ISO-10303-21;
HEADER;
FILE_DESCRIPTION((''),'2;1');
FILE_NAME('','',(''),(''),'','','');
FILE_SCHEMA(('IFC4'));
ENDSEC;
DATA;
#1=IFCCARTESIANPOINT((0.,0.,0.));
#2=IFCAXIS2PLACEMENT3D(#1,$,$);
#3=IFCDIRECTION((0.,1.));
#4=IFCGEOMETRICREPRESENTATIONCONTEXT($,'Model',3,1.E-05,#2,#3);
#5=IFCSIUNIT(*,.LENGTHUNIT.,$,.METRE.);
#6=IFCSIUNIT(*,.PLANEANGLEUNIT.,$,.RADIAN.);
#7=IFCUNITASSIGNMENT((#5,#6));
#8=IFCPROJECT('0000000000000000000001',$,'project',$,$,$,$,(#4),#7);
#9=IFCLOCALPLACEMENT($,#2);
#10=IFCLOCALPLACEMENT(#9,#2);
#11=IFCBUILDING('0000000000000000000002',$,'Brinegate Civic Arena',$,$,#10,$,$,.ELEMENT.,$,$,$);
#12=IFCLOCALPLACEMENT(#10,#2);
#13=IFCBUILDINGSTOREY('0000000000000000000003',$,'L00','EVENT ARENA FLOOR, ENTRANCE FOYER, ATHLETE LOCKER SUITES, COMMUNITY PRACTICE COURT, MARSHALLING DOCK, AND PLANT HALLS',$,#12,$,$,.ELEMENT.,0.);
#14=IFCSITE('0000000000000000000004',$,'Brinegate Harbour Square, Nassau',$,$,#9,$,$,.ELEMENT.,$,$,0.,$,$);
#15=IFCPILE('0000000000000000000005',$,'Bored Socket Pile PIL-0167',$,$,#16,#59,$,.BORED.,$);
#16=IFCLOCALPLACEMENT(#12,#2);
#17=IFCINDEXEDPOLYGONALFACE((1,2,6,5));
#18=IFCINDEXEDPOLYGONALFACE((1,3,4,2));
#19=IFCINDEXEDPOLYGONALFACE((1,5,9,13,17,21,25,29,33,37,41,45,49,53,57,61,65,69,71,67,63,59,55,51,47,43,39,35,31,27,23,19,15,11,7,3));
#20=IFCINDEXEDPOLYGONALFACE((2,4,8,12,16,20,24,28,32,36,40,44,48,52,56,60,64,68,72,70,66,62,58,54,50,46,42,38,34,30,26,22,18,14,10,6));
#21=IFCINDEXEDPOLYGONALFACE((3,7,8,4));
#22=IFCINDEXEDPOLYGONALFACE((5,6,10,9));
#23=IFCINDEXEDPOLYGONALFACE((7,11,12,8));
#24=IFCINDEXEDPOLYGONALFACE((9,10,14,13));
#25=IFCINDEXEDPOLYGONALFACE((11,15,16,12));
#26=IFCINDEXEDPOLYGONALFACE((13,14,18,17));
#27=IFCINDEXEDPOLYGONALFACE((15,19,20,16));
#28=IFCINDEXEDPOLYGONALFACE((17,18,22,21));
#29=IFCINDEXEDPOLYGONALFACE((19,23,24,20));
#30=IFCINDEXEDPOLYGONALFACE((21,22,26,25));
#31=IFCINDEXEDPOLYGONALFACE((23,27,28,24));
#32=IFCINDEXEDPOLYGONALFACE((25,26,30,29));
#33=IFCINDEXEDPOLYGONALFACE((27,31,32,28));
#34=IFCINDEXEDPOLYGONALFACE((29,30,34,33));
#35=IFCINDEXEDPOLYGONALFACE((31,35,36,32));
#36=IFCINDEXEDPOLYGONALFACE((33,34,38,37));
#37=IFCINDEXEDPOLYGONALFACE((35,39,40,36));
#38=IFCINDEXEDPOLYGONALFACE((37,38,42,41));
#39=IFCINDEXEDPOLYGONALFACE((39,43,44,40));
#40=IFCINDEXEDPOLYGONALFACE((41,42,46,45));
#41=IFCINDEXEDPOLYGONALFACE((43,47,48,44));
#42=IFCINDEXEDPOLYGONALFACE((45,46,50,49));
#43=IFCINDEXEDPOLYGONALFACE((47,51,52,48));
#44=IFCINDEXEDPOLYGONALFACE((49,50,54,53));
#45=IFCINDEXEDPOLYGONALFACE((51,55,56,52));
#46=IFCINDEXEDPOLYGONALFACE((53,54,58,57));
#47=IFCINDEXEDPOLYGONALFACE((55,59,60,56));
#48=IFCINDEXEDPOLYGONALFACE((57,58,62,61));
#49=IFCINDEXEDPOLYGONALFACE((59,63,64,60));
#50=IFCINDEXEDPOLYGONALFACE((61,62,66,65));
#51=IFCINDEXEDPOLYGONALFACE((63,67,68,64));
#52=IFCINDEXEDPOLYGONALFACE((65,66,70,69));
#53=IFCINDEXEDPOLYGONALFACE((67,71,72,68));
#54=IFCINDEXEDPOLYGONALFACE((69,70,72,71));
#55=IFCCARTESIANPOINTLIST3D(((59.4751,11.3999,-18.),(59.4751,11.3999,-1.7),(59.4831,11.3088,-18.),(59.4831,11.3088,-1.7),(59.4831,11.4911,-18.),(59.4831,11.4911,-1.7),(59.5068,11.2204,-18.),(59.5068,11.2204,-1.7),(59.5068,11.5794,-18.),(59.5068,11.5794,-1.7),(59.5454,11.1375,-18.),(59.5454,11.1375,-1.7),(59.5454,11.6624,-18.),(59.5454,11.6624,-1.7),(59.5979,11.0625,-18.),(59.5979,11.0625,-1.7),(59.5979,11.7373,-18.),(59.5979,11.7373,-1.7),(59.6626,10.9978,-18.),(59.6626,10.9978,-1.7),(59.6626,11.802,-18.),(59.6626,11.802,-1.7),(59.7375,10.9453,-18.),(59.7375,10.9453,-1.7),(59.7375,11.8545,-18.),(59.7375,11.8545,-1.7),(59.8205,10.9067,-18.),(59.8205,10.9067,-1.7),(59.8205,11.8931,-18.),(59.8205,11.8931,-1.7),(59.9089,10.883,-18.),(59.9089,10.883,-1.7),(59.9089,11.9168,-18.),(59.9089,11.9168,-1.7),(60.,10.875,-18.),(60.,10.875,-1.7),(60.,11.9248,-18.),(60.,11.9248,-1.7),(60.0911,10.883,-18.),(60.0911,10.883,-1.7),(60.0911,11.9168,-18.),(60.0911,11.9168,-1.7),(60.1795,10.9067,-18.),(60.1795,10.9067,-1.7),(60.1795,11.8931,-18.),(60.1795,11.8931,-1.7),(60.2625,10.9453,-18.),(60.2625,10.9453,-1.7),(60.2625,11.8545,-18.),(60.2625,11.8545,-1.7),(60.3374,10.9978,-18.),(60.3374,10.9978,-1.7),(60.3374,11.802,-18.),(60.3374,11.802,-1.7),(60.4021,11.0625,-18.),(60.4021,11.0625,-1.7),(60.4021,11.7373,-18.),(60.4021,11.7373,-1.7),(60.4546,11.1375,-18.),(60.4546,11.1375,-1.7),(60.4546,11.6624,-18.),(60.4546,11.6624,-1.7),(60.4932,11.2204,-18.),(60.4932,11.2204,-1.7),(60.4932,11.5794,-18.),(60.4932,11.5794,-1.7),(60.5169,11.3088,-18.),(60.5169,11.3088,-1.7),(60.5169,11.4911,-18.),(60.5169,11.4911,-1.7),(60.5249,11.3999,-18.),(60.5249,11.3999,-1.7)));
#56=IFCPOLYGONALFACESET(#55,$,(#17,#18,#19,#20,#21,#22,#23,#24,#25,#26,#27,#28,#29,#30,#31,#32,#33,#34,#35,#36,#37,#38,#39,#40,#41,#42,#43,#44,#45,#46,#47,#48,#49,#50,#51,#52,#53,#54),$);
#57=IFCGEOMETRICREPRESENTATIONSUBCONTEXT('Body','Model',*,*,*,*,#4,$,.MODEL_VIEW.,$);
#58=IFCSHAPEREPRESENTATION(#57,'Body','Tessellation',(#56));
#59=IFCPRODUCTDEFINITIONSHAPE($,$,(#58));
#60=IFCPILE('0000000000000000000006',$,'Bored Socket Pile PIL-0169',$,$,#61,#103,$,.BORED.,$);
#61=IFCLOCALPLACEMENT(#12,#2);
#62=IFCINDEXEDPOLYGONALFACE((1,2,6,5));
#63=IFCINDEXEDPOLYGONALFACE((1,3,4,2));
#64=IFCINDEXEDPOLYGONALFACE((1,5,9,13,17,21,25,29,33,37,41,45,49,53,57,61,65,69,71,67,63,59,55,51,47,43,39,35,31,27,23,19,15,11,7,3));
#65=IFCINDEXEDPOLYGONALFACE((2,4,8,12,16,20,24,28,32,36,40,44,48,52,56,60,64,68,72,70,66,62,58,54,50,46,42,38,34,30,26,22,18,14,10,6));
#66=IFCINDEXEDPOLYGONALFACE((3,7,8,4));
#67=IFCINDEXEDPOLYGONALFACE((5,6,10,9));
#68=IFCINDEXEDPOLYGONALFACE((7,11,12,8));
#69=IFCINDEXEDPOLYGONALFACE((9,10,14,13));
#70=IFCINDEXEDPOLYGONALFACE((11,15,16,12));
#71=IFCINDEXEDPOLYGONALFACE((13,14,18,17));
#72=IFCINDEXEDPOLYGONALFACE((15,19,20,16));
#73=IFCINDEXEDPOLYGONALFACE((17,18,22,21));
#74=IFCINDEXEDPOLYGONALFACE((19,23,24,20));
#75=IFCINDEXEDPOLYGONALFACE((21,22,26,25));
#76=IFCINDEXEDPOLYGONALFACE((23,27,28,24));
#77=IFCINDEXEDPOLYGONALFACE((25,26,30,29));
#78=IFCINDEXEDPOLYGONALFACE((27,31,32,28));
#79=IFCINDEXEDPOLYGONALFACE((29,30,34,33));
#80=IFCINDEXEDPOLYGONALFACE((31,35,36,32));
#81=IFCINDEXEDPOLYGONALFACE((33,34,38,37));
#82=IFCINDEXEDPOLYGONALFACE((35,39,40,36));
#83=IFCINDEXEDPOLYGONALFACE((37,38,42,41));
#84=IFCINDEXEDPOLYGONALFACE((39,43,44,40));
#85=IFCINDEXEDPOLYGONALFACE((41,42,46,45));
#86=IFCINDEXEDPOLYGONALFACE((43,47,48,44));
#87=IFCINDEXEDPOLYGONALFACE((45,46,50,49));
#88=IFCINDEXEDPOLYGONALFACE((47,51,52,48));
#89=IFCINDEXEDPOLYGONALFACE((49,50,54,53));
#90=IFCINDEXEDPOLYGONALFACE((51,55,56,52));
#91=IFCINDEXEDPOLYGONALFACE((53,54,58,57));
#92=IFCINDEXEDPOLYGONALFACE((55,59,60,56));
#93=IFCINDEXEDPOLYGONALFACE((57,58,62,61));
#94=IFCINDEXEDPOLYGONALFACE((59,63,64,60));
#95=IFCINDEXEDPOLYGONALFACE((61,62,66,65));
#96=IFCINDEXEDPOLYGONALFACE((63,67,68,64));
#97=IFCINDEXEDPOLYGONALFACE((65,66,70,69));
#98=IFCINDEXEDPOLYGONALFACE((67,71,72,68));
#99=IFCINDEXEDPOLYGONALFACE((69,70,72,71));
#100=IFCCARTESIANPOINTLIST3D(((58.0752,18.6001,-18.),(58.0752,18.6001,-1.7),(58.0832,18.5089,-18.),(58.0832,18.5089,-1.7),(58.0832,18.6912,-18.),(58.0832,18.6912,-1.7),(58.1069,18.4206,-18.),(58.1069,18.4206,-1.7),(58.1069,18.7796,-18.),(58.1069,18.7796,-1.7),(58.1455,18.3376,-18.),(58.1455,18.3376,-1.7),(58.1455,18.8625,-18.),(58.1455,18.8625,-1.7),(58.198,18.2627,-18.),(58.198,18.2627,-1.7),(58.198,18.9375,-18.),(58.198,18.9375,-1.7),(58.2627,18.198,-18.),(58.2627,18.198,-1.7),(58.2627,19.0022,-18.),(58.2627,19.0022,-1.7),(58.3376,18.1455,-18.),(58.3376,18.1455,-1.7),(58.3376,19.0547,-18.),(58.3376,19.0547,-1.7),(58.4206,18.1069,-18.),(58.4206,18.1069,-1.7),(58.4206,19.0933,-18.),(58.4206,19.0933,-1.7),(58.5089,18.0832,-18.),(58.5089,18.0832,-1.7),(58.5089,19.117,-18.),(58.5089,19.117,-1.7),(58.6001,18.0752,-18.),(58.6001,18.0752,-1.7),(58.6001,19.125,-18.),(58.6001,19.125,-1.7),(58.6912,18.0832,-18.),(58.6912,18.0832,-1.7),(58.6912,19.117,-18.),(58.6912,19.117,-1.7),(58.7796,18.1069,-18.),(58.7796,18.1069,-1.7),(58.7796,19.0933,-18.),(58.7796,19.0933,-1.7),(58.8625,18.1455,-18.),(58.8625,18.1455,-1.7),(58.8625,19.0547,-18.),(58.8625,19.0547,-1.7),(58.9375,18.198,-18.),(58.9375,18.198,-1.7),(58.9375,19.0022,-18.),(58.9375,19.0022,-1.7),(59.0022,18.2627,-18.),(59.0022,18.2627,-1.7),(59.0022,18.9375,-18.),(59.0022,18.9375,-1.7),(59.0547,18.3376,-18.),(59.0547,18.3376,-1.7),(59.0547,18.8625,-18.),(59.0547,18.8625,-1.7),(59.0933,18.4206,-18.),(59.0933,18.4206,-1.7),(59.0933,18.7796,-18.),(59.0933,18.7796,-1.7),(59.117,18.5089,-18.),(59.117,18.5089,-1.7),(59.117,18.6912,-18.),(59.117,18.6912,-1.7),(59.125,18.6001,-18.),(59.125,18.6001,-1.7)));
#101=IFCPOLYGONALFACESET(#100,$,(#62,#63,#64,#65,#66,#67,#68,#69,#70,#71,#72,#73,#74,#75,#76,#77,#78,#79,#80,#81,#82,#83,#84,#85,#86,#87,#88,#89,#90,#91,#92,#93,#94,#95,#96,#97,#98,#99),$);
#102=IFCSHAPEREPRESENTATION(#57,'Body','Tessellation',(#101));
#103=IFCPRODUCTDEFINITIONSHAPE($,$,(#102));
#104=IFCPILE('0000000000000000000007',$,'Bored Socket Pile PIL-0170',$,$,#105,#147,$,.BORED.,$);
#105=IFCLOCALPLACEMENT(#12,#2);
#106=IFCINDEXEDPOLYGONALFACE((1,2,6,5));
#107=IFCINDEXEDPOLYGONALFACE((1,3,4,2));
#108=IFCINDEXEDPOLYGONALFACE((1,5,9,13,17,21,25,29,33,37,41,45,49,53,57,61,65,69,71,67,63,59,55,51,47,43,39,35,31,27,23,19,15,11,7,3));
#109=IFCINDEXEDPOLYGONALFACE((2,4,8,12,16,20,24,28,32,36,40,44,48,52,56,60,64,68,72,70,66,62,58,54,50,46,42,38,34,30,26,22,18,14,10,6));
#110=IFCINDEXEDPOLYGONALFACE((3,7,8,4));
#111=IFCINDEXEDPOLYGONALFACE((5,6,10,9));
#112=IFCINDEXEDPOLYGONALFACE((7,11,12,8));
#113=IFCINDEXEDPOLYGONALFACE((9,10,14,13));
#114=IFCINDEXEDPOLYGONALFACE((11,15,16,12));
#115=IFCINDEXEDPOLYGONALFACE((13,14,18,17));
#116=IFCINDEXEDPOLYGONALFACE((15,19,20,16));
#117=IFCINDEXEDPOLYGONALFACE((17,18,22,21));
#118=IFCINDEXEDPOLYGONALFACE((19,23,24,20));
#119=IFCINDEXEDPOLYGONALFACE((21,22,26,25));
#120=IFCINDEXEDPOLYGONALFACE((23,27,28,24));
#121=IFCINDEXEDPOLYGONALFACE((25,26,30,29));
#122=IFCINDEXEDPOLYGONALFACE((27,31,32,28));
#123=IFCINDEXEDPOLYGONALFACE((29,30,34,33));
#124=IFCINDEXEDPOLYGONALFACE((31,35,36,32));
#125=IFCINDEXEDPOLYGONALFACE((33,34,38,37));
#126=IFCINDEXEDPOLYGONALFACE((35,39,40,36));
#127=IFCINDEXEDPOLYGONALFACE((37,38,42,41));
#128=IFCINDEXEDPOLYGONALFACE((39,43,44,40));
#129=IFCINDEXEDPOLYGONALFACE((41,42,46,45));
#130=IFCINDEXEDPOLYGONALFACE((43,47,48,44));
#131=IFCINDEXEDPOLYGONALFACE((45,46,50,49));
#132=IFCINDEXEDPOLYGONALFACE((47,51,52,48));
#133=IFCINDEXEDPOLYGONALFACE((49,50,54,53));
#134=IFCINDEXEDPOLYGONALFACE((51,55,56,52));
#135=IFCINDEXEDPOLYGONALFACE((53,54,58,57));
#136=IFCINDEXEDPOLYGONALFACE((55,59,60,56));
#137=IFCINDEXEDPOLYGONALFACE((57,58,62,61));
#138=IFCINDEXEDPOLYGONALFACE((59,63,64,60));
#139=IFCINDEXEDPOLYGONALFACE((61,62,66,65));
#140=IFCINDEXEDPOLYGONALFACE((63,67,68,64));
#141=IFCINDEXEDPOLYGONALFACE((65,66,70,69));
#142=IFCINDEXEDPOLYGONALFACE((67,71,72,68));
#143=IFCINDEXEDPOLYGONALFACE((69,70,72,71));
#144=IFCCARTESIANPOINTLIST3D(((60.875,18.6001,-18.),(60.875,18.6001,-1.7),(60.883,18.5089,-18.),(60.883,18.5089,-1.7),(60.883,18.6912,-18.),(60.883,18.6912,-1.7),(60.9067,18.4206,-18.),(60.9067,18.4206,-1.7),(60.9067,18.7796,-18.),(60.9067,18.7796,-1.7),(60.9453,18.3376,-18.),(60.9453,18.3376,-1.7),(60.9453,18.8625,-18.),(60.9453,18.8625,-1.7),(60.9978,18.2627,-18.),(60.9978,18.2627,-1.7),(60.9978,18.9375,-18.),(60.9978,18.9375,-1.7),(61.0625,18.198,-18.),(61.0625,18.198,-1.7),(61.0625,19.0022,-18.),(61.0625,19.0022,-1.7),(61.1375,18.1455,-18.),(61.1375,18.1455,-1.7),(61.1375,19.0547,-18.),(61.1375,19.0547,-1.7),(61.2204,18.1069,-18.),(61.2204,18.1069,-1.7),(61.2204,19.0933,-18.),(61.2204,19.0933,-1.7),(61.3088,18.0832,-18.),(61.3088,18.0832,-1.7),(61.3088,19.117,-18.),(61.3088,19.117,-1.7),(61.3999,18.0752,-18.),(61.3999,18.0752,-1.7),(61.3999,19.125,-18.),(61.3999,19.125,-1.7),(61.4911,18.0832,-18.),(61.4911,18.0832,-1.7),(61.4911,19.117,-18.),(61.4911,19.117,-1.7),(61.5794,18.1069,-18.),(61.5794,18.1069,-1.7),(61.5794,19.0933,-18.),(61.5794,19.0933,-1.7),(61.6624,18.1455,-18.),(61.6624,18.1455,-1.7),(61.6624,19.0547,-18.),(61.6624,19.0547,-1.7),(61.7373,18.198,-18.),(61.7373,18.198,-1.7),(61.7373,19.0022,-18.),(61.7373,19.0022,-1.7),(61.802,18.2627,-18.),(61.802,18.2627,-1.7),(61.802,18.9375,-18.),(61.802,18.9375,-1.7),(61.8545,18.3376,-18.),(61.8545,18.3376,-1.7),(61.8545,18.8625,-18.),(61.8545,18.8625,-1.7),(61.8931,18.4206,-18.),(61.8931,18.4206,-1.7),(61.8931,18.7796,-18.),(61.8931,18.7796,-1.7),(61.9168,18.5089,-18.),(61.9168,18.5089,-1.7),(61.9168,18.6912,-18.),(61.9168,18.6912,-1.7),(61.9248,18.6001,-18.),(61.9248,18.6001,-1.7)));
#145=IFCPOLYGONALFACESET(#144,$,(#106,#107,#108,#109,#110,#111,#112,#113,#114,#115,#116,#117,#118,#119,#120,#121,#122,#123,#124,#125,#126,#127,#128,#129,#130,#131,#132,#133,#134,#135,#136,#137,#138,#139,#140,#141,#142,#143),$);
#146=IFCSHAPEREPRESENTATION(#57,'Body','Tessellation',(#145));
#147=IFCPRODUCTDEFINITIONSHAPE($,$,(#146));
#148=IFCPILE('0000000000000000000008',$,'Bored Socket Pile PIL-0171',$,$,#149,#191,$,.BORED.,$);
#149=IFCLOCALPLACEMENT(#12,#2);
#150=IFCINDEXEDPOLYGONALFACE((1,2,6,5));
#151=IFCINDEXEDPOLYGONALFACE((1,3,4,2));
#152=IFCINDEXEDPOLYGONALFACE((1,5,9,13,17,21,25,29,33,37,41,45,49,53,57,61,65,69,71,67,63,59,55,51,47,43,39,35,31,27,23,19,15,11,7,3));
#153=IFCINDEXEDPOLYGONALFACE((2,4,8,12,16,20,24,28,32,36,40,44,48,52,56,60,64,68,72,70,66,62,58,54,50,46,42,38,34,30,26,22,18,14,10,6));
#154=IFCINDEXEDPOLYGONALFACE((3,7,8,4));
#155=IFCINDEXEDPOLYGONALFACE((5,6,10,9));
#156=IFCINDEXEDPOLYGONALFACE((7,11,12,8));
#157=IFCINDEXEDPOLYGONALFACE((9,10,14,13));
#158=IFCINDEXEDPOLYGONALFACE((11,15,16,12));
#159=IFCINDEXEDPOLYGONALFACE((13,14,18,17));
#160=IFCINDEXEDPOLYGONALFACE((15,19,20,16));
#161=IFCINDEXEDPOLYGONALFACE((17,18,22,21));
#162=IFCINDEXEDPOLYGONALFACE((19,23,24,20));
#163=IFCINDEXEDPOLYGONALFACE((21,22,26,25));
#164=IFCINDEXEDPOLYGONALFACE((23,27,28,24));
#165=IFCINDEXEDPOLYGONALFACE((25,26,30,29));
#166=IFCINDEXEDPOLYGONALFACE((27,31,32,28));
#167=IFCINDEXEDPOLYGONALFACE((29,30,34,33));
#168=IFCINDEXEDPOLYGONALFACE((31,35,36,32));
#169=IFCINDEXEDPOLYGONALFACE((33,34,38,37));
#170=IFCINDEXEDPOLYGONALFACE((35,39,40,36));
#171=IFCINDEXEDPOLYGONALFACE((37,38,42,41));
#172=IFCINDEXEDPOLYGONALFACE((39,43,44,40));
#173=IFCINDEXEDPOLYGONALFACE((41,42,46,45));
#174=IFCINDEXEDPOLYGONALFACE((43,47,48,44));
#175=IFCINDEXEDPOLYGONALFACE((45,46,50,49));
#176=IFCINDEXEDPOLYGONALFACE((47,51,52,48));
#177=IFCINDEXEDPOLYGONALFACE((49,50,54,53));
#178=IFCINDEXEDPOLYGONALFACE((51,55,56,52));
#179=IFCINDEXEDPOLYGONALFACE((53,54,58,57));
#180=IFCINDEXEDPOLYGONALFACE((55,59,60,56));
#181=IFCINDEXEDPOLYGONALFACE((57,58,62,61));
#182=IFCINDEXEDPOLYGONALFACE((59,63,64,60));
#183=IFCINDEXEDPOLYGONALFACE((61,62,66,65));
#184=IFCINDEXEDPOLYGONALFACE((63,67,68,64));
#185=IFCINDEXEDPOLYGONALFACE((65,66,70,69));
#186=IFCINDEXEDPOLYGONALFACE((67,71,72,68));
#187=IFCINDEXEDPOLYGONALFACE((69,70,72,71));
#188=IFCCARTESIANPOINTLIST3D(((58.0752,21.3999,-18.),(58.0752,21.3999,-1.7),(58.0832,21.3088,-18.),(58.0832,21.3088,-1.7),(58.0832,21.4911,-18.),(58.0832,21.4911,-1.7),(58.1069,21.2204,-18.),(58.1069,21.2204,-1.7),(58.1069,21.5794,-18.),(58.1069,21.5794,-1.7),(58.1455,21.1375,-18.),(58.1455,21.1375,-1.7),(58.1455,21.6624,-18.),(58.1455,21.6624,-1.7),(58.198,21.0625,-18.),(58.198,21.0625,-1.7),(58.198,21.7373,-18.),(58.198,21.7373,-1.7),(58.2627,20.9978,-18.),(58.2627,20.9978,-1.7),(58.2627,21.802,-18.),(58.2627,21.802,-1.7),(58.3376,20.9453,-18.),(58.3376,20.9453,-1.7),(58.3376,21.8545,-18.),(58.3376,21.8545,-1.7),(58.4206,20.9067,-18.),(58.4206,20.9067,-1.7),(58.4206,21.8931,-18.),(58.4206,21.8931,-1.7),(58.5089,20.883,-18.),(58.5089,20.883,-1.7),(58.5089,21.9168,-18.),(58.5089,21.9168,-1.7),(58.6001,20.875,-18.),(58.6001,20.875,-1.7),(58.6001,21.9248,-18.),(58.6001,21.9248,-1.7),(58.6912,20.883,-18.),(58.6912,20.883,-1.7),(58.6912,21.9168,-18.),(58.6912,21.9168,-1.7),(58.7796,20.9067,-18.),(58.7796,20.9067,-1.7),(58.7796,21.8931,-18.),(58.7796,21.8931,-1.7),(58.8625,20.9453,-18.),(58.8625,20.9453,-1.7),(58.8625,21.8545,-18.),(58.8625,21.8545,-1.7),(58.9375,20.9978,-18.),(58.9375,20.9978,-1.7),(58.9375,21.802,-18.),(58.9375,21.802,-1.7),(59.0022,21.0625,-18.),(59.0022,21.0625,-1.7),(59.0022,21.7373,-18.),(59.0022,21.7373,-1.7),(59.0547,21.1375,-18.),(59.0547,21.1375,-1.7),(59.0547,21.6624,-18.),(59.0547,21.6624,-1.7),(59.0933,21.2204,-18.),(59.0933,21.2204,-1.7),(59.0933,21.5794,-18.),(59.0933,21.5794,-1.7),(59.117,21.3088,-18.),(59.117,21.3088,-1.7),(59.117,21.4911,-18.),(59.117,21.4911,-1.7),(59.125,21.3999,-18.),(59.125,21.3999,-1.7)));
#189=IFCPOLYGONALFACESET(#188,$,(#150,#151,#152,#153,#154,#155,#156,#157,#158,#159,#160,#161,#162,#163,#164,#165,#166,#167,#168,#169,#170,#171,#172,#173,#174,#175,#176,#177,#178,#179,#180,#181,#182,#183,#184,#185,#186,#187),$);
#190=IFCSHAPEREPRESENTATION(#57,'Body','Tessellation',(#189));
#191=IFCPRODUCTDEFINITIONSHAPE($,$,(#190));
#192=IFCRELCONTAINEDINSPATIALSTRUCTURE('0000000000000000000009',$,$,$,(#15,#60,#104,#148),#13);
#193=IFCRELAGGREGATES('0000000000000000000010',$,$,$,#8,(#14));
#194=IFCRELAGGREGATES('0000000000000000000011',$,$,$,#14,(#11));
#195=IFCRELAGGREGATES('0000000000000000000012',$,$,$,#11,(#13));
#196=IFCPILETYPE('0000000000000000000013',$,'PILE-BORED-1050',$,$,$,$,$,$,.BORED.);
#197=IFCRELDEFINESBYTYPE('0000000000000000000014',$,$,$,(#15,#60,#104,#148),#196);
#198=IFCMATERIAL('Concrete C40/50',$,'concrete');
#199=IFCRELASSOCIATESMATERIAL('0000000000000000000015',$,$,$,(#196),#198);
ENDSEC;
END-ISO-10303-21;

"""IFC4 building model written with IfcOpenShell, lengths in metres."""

from ifc_helpers import new_model, si_unit, direction, frame, origin, origin_2d, place, context, subcontext, project, spatial, circle, extrude, material, material_profile, profile_set, type_object, element, save


model = new_model("IFC4")

# Units and contexts
model_context = context("Model", 3, precision=1e-05, world=origin(), true_north=direction((0.0, 1.0)))
body_context = subcontext(model_context, "Body", "Model", "MODEL_VIEW")
ifc_project = project(units=[si_unit("LENGTHUNIT", "METRE"), si_unit("PLANEANGLEUNIT", "RADIAN")], contexts=[model_context])

# Site, building, storey
site_placement = place(None, origin())
site = spatial("IfcSite", under=ifc_project, at=site_placement, Name="Brinegate Harbour Square, Nassau", CompositionType="ELEMENT", RefElevation=0.0)
building_placement = place(site_placement, origin())
building = spatial("IfcBuilding", under=site, at=building_placement, Name="Brinegate Civic Arena", CompositionType="ELEMENT")
storey_placement = place(building_placement, origin())
storey = spatial("IfcBuildingStorey", under=building, at=storey_placement, Name="L00", Description="EVENT ARENA FLOOR, ENTRANCE FOYER, ATHLETE LOCKER SUITES, COMMUNITY PRACTICE COURT, MARSHALLING DOCK, AND PLANT HALLS", CompositionType="ELEMENT", Elevation=0.0)

# Shared definitions
ifc_material_1 = material(Name="Concrete C40/50", Category="concrete")

# Piles
ifc_material_profile_1 = material_profile(ifc_material_1, circle(Radius=0.5249, at=origin_2d()), Name="PILED1050")
ifc_profile_set_1 = profile_set([ifc_material_profile_1], Name="Concrete C40/50")
pile_type = type_object("IfcPileType", Name="PILE-BORED-1050", PredefinedType="BORED", material=ifc_profile_set_1)
for number, where, z_axis, x_axis, name in (
    (1, (60.0, 11.3999, -1.7), (0.0, 0.0, -1.0), (1.0, 0.0, 0.0), "Bored Socket Pile PIL-0167"),
    (2, (58.6001, 18.6001, -1.7), (0.0, 0.0, -1.0), (1.0, 0.0, 0.0), "Bored Socket Pile PIL-0169"),
    (3, (61.3999, 18.6001, -1.7), (0.0, 0.0, -1.0), (1.0, 0.0, 0.0), "Bored Socket Pile PIL-0170"),
    (4, (58.6001, 21.3999, -1.7), (0.0, 0.0, -1.0), (1.0, 0.0, 0.0), "Bored Socket Pile PIL-0171"),
):
    element("IfcPile", number, at=place(storey_placement, frame(where, z_axis=z_axis, x_axis=x_axis)), inside=storey, type_object=pile_type, Name=name, PredefinedType="BORED", context=body_context, shape_type="SweptSolid", body=[
        extrude(circle(Radius=0.5249, at=origin_2d()), origin(), (0.0, 0.0, 1.0), 16.3),
    ])

save(model, "model.ifc")
